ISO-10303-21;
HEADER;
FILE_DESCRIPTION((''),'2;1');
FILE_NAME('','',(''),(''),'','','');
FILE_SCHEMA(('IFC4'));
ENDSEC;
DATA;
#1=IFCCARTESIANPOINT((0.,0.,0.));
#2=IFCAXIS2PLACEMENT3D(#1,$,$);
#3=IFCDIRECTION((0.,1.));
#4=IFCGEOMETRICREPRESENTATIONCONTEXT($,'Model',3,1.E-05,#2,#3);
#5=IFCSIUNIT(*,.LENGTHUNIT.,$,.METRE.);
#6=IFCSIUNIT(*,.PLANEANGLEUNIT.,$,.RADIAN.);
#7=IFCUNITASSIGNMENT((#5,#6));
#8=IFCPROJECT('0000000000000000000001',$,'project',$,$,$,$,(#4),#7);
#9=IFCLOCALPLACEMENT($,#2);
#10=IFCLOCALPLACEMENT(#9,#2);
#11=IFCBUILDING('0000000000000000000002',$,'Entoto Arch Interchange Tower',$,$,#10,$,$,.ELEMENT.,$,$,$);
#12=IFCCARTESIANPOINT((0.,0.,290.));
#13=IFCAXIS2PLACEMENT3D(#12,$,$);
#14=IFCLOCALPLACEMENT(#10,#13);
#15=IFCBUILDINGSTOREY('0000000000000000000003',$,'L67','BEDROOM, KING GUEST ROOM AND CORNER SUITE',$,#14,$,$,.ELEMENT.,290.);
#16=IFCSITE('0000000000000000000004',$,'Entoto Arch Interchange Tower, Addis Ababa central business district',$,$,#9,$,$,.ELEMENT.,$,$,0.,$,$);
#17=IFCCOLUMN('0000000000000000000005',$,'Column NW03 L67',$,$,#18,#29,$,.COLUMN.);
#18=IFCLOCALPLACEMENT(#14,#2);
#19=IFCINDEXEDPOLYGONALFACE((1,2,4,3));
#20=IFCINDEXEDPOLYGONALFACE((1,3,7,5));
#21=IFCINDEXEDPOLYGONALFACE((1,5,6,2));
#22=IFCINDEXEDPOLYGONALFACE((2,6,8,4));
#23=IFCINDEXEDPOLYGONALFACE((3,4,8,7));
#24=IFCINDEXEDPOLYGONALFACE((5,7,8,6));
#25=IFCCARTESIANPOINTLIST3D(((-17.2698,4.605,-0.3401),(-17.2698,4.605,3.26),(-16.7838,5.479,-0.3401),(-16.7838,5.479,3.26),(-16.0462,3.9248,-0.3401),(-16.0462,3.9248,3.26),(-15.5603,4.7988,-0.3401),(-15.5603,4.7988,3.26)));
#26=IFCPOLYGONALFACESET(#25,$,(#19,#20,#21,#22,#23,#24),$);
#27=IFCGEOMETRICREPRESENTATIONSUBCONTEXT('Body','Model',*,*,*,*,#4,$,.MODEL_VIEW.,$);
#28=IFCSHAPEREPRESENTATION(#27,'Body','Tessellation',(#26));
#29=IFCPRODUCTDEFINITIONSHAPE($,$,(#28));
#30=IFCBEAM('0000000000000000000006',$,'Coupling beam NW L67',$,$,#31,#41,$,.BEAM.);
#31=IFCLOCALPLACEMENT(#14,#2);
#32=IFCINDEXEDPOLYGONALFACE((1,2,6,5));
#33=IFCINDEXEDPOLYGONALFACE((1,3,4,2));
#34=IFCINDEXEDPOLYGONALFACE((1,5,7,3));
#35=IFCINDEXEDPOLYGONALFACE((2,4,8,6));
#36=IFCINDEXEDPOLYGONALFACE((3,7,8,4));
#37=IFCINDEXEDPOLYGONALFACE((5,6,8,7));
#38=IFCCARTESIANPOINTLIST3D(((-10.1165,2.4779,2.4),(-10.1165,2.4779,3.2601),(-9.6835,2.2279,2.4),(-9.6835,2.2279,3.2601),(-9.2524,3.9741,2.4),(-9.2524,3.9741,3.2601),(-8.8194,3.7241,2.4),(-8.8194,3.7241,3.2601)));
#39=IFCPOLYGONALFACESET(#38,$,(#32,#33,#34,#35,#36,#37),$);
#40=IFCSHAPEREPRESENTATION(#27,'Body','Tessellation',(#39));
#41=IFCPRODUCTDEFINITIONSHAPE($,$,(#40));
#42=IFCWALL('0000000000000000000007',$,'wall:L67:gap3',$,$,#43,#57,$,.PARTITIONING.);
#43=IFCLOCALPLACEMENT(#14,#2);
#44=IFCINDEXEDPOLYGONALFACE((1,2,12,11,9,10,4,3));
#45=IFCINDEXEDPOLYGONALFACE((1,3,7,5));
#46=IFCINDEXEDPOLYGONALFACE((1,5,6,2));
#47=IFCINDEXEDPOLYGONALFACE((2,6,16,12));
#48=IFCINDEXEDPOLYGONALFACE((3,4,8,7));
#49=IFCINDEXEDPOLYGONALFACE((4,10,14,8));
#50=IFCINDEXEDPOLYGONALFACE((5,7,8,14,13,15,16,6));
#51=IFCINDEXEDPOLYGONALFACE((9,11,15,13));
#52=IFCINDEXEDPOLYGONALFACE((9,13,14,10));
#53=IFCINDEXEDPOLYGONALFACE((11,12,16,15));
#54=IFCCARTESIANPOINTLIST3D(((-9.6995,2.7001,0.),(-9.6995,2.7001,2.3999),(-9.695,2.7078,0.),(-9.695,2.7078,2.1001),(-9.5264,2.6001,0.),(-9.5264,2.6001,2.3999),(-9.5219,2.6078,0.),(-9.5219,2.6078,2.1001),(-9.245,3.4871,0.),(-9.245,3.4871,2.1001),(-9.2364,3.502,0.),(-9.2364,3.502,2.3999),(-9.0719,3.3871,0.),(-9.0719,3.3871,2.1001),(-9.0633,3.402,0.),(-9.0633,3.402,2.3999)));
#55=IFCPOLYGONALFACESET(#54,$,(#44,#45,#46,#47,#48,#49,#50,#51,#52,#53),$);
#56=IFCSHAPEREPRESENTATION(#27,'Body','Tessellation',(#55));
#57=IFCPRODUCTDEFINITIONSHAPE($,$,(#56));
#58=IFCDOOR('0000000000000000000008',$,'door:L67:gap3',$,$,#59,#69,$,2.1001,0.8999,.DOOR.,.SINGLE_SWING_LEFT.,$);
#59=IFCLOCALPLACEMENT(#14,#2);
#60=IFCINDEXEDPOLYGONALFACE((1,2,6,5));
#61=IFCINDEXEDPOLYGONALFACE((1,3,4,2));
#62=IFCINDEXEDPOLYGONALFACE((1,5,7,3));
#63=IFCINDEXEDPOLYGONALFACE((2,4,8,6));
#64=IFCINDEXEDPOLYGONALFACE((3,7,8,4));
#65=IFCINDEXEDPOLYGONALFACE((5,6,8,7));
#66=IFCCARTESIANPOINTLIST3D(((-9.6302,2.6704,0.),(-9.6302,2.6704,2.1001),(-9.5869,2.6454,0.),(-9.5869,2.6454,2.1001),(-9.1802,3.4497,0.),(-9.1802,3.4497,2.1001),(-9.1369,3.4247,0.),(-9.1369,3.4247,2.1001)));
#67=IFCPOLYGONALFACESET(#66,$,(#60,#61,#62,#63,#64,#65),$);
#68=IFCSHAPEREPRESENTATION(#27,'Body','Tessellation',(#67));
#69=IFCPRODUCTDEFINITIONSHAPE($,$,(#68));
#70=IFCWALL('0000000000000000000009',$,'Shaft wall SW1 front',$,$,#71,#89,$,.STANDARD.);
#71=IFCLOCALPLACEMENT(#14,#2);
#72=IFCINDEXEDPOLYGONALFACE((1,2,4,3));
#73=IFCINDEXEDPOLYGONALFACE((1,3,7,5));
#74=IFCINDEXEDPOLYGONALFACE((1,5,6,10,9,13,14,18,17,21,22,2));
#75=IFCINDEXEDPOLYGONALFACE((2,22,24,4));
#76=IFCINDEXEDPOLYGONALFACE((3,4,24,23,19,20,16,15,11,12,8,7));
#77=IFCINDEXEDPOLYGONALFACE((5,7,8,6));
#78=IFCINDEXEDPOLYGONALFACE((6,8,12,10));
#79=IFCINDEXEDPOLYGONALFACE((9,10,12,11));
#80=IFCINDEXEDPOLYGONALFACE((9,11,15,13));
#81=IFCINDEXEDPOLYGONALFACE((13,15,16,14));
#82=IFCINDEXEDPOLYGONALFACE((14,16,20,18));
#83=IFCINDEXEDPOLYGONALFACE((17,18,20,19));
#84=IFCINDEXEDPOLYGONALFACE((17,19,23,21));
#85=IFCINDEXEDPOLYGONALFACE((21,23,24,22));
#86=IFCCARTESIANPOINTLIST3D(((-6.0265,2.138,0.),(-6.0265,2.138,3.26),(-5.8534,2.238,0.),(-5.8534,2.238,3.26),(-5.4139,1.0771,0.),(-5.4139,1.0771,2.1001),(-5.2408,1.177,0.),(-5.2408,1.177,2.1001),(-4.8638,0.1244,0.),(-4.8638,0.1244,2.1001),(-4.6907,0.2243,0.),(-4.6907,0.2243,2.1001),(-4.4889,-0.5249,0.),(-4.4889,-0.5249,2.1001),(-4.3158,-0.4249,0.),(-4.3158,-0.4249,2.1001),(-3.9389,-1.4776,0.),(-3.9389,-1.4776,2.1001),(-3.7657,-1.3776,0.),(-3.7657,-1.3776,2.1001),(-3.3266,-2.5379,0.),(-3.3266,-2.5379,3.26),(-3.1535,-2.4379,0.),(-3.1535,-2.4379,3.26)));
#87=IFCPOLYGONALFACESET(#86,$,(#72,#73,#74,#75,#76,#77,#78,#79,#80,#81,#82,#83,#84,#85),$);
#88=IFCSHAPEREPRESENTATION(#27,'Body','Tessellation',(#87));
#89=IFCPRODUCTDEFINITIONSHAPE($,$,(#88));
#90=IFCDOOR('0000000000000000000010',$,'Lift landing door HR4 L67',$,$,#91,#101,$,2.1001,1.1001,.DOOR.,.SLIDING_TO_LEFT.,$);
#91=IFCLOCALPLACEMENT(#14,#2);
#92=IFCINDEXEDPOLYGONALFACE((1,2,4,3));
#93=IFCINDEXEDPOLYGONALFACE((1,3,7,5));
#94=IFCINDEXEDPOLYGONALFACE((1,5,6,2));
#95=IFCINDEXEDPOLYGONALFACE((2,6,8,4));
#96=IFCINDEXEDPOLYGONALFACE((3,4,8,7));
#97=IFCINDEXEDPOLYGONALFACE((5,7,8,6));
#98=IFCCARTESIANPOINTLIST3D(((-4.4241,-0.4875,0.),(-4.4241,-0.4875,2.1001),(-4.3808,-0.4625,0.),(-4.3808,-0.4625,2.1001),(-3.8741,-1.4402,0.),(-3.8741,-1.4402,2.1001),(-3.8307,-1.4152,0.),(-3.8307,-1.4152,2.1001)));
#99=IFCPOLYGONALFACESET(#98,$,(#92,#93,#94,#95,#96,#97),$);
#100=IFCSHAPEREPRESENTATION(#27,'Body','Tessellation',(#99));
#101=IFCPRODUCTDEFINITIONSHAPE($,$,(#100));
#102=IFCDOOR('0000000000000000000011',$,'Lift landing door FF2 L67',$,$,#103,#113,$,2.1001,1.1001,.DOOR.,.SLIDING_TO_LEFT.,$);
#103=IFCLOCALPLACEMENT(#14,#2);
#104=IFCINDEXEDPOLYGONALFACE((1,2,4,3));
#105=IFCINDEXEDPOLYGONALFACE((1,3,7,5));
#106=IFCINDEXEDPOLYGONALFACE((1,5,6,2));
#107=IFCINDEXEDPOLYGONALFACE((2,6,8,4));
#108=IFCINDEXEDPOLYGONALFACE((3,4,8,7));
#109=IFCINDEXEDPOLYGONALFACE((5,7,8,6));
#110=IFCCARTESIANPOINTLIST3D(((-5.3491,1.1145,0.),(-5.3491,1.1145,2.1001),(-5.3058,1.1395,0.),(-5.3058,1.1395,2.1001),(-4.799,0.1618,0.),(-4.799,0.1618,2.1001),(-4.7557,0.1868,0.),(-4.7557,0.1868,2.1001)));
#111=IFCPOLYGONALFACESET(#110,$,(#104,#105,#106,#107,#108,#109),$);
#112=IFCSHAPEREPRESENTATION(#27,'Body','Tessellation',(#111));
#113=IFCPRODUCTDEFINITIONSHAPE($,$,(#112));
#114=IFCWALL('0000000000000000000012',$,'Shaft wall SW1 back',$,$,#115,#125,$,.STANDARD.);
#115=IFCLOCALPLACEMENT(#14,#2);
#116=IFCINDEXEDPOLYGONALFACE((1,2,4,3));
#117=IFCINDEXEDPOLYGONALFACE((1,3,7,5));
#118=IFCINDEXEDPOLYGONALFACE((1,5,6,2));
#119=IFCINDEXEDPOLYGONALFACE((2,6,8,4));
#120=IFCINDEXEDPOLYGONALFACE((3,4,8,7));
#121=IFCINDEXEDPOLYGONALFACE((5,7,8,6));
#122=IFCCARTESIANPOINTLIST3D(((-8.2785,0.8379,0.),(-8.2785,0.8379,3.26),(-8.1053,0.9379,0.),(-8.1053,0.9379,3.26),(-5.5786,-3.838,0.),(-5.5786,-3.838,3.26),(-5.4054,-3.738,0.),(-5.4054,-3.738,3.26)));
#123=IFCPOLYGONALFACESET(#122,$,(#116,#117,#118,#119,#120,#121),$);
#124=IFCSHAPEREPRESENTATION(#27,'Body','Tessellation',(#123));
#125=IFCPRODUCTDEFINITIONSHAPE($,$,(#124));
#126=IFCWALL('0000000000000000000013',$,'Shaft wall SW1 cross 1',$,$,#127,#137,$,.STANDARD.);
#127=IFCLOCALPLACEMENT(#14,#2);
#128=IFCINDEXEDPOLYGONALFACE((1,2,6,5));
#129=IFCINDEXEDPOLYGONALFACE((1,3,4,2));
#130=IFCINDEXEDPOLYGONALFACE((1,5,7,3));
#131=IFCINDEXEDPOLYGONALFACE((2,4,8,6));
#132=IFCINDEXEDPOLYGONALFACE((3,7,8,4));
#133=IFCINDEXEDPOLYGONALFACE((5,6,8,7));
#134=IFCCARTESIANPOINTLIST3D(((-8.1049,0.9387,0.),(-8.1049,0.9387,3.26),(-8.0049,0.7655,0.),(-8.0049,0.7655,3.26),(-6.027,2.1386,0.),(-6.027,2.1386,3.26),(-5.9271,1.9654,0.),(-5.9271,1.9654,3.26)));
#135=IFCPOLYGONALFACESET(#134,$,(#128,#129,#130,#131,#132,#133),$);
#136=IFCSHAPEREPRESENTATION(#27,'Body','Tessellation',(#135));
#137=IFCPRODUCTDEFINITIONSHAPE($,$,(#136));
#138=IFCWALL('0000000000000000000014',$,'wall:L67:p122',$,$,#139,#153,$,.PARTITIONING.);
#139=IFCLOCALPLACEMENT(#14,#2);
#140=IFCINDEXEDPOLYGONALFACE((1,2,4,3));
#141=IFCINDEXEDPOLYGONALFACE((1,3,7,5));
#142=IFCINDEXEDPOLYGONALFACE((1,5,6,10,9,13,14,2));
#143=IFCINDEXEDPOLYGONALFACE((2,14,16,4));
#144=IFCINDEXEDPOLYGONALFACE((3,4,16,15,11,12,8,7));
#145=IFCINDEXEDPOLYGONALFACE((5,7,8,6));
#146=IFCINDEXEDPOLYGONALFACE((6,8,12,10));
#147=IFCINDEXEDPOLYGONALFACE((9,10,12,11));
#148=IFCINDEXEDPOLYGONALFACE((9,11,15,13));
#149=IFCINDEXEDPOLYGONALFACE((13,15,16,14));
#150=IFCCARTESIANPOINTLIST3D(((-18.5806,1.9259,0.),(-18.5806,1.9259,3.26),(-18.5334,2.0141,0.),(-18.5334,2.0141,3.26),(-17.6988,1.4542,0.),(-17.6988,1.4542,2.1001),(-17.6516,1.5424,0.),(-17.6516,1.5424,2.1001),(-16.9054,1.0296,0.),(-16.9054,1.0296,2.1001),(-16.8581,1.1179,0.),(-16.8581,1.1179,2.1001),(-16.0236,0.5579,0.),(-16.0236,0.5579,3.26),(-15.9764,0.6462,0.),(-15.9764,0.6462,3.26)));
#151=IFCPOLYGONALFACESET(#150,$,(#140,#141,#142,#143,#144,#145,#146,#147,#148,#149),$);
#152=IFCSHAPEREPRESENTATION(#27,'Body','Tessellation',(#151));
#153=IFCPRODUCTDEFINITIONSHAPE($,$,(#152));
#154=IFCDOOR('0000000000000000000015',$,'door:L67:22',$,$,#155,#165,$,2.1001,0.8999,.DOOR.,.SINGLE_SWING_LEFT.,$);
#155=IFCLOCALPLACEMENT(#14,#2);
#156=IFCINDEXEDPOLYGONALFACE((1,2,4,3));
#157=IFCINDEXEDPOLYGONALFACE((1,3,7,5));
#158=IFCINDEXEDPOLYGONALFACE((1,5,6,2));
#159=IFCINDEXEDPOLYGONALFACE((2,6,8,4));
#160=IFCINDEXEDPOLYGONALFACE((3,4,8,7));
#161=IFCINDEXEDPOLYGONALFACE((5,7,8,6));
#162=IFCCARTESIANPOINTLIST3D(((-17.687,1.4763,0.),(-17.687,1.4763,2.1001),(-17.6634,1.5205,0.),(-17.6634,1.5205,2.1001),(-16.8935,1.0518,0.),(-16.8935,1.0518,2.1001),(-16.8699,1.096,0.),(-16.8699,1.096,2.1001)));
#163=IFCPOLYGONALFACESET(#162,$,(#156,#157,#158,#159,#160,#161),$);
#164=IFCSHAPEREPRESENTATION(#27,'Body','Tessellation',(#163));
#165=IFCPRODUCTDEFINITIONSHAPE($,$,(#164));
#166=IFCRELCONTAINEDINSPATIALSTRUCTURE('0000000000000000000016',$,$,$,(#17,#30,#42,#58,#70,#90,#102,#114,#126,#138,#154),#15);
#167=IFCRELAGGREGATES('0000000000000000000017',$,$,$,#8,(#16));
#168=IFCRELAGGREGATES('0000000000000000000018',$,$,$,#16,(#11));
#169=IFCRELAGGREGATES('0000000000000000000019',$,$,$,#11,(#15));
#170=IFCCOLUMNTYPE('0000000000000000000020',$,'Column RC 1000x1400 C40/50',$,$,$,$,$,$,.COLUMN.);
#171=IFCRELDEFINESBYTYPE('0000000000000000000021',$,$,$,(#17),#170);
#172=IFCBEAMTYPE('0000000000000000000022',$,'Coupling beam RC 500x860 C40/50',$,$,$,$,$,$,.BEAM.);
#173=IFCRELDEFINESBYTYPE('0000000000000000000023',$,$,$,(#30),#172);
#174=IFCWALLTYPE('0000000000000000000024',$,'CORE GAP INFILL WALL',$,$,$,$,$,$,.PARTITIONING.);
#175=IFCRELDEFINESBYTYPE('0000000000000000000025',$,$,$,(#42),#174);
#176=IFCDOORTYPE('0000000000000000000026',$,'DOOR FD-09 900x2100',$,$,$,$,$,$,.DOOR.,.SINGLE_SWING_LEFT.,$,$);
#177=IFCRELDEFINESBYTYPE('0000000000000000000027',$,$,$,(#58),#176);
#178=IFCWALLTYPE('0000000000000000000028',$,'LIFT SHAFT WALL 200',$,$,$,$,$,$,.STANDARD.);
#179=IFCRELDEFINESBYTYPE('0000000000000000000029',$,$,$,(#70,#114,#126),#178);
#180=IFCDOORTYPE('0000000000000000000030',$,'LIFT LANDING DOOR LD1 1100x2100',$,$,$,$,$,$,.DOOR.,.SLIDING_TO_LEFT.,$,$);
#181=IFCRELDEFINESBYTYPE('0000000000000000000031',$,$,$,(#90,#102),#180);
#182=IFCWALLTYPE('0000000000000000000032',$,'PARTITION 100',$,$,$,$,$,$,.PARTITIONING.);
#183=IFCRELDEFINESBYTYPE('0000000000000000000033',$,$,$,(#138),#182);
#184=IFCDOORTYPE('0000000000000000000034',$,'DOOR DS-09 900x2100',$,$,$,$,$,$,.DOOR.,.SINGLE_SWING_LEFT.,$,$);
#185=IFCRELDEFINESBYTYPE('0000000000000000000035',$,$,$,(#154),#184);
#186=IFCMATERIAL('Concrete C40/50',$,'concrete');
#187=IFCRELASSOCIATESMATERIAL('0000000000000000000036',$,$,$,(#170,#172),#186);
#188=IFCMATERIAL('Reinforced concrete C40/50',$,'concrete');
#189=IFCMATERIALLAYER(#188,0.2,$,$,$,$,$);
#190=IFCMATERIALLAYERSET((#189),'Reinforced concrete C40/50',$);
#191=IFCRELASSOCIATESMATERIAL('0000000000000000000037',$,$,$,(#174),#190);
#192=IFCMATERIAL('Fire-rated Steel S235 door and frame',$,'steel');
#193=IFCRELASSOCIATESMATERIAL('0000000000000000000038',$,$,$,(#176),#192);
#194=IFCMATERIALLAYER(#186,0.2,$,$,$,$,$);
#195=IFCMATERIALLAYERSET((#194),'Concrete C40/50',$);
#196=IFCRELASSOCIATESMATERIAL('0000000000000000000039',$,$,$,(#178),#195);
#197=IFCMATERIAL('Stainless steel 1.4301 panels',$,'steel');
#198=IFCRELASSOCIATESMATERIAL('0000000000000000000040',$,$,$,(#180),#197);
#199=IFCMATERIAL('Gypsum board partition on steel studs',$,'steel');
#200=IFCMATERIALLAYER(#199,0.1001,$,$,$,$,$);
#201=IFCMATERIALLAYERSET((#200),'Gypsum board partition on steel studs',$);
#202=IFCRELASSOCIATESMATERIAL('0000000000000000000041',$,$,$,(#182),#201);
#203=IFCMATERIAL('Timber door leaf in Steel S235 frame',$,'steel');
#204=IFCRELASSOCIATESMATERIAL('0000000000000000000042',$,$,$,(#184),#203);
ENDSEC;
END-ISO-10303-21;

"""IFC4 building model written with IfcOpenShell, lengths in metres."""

from ifc_helpers import new_model, si_unit, direction, frame, frame_2d, origin, origin_2d, place, context, subcontext, project, spatial, rectangle, extrude, material, layer, layer_set, material_profile, profile_set, type_object, element, fill, save


model = new_model("IFC4")

# Units and contexts
model_context = context("Model", 3, precision=1e-05, world=origin(), true_north=direction((0.0, 1.0)))
body_context = subcontext(model_context, "Body", "Model", "MODEL_VIEW")
ifc_project = project(units=[si_unit("LENGTHUNIT", "METRE"), si_unit("PLANEANGLEUNIT", "RADIAN")], contexts=[model_context])

# Site, building, storey
site_placement = place(None, origin())
site = spatial("IfcSite", under=ifc_project, at=site_placement, Name="Entoto Arch Interchange Tower, Addis Ababa central business district", CompositionType="ELEMENT", RefElevation=0.0)
building_placement = place(site_placement, origin())
building = spatial("IfcBuilding", under=site, at=building_placement, Name="Entoto Arch Interchange Tower", CompositionType="ELEMENT")
storey_placement = place(building_placement, frame((0.0, 0.0, 290.0)))
storey = spatial("IfcBuildingStorey", under=building, at=storey_placement, Name="L67", Description="BEDROOM, KING GUEST ROOM AND CORNER SUITE", CompositionType="ELEMENT", Elevation=290.0)

# Column
ifc_material_1 = material(Name="Concrete C40/50", Category="concrete")
ifc_material_profile_1 = material_profile(ifc_material_1, rectangle(XDim=1.0, YDim=1.3999, at=origin_2d()))
ifc_profile_set_1 = profile_set([ifc_material_profile_1], Name="Concrete C40/50")
column_type = type_object("IfcColumnType", Name="Column RC 1000x1400 C40/50", PredefinedType="COLUMN", material=ifc_profile_set_1)
column_placement = place(storey_placement, frame((-16.415, 4.7019, -0.3401), z_axis=(0.0, 0.0, 1.0), x_axis=(0.485924, 0.874001, 0.0)))
element("IfcColumn", 1, at=column_placement, inside=storey, type_object=column_type, Name="Column NW03 L67", PredefinedType="COLUMN", context=body_context, shape_type="SweptSolid", body=[
    extrude(rectangle(XDim=1.0, YDim=1.3999, at=origin_2d()), origin(), (0.0, 0.0, 1.0), 3.6001),
])

# Beam
ifc_material_profile_2 = material_profile(ifc_material_1, rectangle(XDim=0.5, YDim=0.8601, at=origin_2d()))
ifc_profile_set_2 = profile_set([ifc_material_profile_2], Name="Concrete C40/50")
beam_type = type_object("IfcBeamType", Name="Coupling beam RC 500x860 C40/50", PredefinedType="BEAM", material=ifc_profile_set_2)
beam_placement = place(storey_placement, frame((-9.0359, 3.8491, 2.8301), z_axis=(-0.500106, -0.865964, 0.0), x_axis=(0.865964, -0.500106, 0.0)))
element("IfcBeam", 2, at=beam_placement, inside=storey, type_object=beam_type, Name="Coupling beam NW L67", PredefinedType="BEAM", context=body_context, shape_type="SweptSolid", body=[
    extrude(rectangle(XDim=0.5, YDim=0.8601, at=origin_2d()), origin(), (0.0, 0.0, 1.0), 1.7278),
])

# Wall, opening, door
ifc_material_2 = material(Name="Reinforced concrete C40/50", Category="concrete")
ifc_layer_1 = layer(ifc_material_2, 0.2)
ifc_layer_set_1 = layer_set([ifc_layer_1], Name="Reinforced concrete C40/50")
wall_type_1 = type_object("IfcWallType", Name="CORE GAP INFILL WALL", PredefinedType="PARTITIONING", material=ifc_layer_set_1)
wall_1_placement = place(storey_placement, frame((-9.1499, 3.4519, 0.0), z_axis=(0.0, 0.0, 1.0), x_axis=(-0.50008, -0.865979, 0.0)))
wall_1 = element("IfcWall", 3, at=wall_1_placement, inside=storey, type_object=wall_type_1, Name="wall:L67:gap3", PredefinedType="PARTITIONING", context=body_context, shape_type="SweptSolid", body=[
    extrude(rectangle(XDim=0.926, YDim=0.2, at=frame_2d((0.4629, 0.0))), origin(), (0.0, 0.0, 1.0), 2.3999),
])
opening_1_placement = place(wall_1_placement, frame((0.0171, 0.0, 0.0)))
opening_1 = element("IfcOpeningElement", 4, at=opening_1_placement, cuts=wall_1, PredefinedType="OPENING", context=body_context, shape_type="SweptSolid", body=[
    extrude(rectangle(XDim=0.8999, YDim=2.1001, at=frame_2d((0.45, 1.05))), frame((0.0, 0.1099, 0.0), z_axis=(0.0, -1.0, 0.0), x_axis=(1.0, 0.0, 0.0)), (0.0, 0.0, 1.0), 0.22),
])
ifc_material_3 = material(Name="Fire-rated Steel S235 door and frame", Category="steel")
door_type_1 = type_object("IfcDoorType", Name="DOOR FD-09 900x2100", OperationType="SINGLE_SWING_LEFT", PredefinedType="DOOR", material=ifc_material_3)
door_1_placement = place(opening_1_placement, origin())
door_1 = element("IfcDoor", 5, at=door_1_placement, inside=storey, type_object=door_type_1, Name="door:L67:gap3", OperationType="SINGLE_SWING_LEFT", OverallHeight=2.1001, OverallWidth=0.8999, PredefinedType="DOOR", context=body_context, shape_type="SweptSolid", body=[
    extrude(rectangle(XDim=0.8999, YDim=2.1001, at=frame_2d((0.45, 1.05))), frame((0.0, 0.0249, 0.0), z_axis=(0.0, -1.0, 0.0), x_axis=(1.0, 0.0, 0.0)), (0.0, 0.0, 1.0), 0.05),
])
fill(opening_1, door_1)

# Wall, openings, doors
ifc_layer_2 = layer(ifc_material_1, 0.2)
ifc_layer_set_2 = layer_set([ifc_layer_2], Name="Concrete C40/50")
wall_type_2 = type_object("IfcWallType", Name="LIFT SHAFT WALL 200", PredefinedType="STANDARD", material=ifc_layer_set_2)
wall_2_placement = place(storey_placement, frame((-5.9399, 2.188, 0.0), z_axis=(0.0, 0.0, 1.0), x_axis=(0.500034, -0.866006, 0.0)))
wall_2 = element("IfcWall", 6, at=wall_2_placement, inside=storey, type_object=wall_type_2, Name="Shaft wall SW1 front", PredefinedType="STANDARD", context=body_context, shape_type="SweptSolid", body=[
    extrude(rectangle(XDim=5.3994, YDim=0.2, at=frame_2d((2.6997, 0.0))), origin(), (0.0, 0.0, 1.0), 3.26),
])
opening_2_placement = place(wall_2_placement, frame((3.075, 0.0, 0.0)))
opening_2 = element("IfcOpeningElement", 7, at=opening_2_placement, cuts=wall_2, PredefinedType="OPENING", context=body_context, shape_type="SweptSolid", body=[
    extrude(rectangle(XDim=1.1001, YDim=2.1001, at=frame_2d((0.55, 1.05))), frame((0.0, 0.1099, 0.0), z_axis=(0.0, -1.0, 0.0), x_axis=(1.0, 0.0, 0.0)), (0.0, 0.0, 1.0), 0.22),
])
opening_3_placement = place(wall_2_placement, frame((1.2251, 0.0, 0.0)))
opening_3 = element("IfcOpeningElement", 8, at=opening_3_placement, cuts=wall_2, PredefinedType="OPENING", context=body_context, shape_type="SweptSolid", body=[
    extrude(rectangle(XDim=1.1001, YDim=2.1001, at=frame_2d((0.55, 1.05))), frame((0.0, 0.1099, 0.0), z_axis=(0.0, -1.0, 0.0), x_axis=(1.0, 0.0, 0.0)), (0.0, 0.0, 1.0), 0.22),
])
ifc_material_4 = material(Name="Stainless steel 1.4301 panels", Category="steel")
door_type_2 = type_object("IfcDoorType", Name="LIFT LANDING DOOR LD1 1100x2100", OperationType="SLIDING_TO_LEFT", PredefinedType="DOOR", material=ifc_material_4)
door_2_placement = place(opening_2_placement, origin())
door_2 = element("IfcDoor", 9, at=door_2_placement, inside=storey, type_object=door_type_2, Name="Lift landing door HR4 L67", OperationType="SLIDING_TO_LEFT", OverallHeight=2.1001, OverallWidth=1.1001, PredefinedType="DOOR", context=body_context, shape_type="SweptSolid", body=[
    extrude(rectangle(XDim=1.1001, YDim=2.1001, at=frame_2d((0.55, 1.05))), frame((0.0, 0.0249, 0.0), z_axis=(0.0, -1.0, 0.0), x_axis=(1.0, 0.0, 0.0)), (0.0, 0.0, 1.0), 0.05),
])
fill(opening_2, door_2)
door_3_placement = place(opening_3_placement, origin())
door_3 = element("IfcDoor", 10, at=door_3_placement, inside=storey, type_object=door_type_2, Name="Lift landing door FF2 L67", OperationType="SLIDING_TO_LEFT", OverallHeight=2.1001, OverallWidth=1.1001, PredefinedType="DOOR", context=body_context, shape_type="SweptSolid", body=[
    extrude(rectangle(XDim=1.1001, YDim=2.1001, at=frame_2d((0.55, 1.05))), frame((0.0, 0.0249, 0.0), z_axis=(0.0, -1.0, 0.0), x_axis=(1.0, 0.0, 0.0)), (0.0, 0.0, 1.0), 0.05),
])
fill(opening_3, door_3)

# Walls
wall_3_placement = place(storey_placement, frame((-8.1919, 0.8879, 0.0), z_axis=(0.0, 0.0, 1.0), x_axis=(0.500034, -0.866006, 0.0)))
element("IfcWall", 11, at=wall_3_placement, inside=storey, type_object=wall_type_2, Name="Shaft wall SW1 back", PredefinedType="STANDARD", context=body_context, shape_type="SweptSolid", body=[
    extrude(rectangle(XDim=5.3994, YDim=0.2, at=frame_2d((2.6997, 0.0))), origin(), (0.0, 0.0, 1.0), 3.26),
])
wall_4_placement = place(storey_placement, frame((-5.9771, 2.052, 0.0), z_axis=(0.0, 0.0, 1.0), x_axis=(-0.865974, -0.500089, 0.0)))
element("IfcWall", 12, at=wall_4_placement, inside=storey, type_object=wall_type_2, Name="Shaft wall SW1 cross 1", PredefinedType="STANDARD", context=body_context, shape_type="SweptSolid", body=[
    extrude(rectangle(XDim=2.3994, YDim=0.2, at=frame_2d((1.1997, 0.0))), origin(), (0.0, 0.0, 1.0), 3.26),
])

# Wall, opening, door
ifc_material_5 = material(Name="Gypsum board partition on steel studs", Category="steel")
ifc_layer_3 = layer(ifc_material_5, 0.1001)
ifc_layer_set_3 = layer_set([ifc_layer_3], Name="Gypsum board partition on steel studs")
wall_type_3 = type_object("IfcWallType", Name="PARTITION 100", PredefinedType="PARTITIONING", material=ifc_layer_set_3)
wall_5_placement = place(storey_placement, frame((-16.0, 0.6021, 0.0), z_axis=(0.0, 0.0, 1.0), x_axis=(-0.881744, 0.471728, 0.0)))
wall_5 = element("IfcWall", 13, at=wall_5_placement, inside=storey, type_object=wall_type_3, Name="wall:L67:p122", PredefinedType="PARTITIONING", context=body_context, shape_type="SweptSolid", body=[
    extrude(rectangle(XDim=2.8999, YDim=0.1001, at=frame_2d((1.45, 0.0))), origin(), (0.0, 0.0, 1.0), 3.26),
])
opening_4_placement = place(wall_5_placement, frame((1.0, 0.0, 0.0)))
opening_4 = element("IfcOpeningElement", 14, at=opening_4_placement, cuts=wall_5, PredefinedType="OPENING", context=body_context, shape_type="SweptSolid", body=[
    extrude(rectangle(XDim=0.8999, YDim=2.1001, at=frame_2d((0.45, 1.05))), frame((0.0, 0.0601, 0.0), z_axis=(0.0, -1.0, 0.0), x_axis=(1.0, 0.0, 0.0)), (0.0, 0.0, 1.0), 0.1201),
])
ifc_material_6 = material(Name="Timber door leaf in Steel S235 frame", Category="steel")
door_type_3 = type_object("IfcDoorType", Name="DOOR DS-09 900x2100", OperationType="SINGLE_SWING_LEFT", PredefinedType="DOOR", material=ifc_material_6)
door_4_placement = place(opening_4_placement, origin())
door_4 = element("IfcDoor", 15, at=door_4_placement, inside=storey, type_object=door_type_3, Name="door:L67:22", OperationType="SINGLE_SWING_LEFT", OverallHeight=2.1001, OverallWidth=0.8999, PredefinedType="DOOR", context=body_context, shape_type="SweptSolid", body=[
    extrude(rectangle(XDim=0.8999, YDim=2.1001, at=frame_2d((0.45, 1.05))), frame((0.0, 0.0249, 0.0), z_axis=(0.0, -1.0, 0.0), x_axis=(1.0, 0.0, 0.0)), (0.0, 0.0, 1.0), 0.05),
])
fill(opening_4, door_4)

save(model, "model.ifc")
